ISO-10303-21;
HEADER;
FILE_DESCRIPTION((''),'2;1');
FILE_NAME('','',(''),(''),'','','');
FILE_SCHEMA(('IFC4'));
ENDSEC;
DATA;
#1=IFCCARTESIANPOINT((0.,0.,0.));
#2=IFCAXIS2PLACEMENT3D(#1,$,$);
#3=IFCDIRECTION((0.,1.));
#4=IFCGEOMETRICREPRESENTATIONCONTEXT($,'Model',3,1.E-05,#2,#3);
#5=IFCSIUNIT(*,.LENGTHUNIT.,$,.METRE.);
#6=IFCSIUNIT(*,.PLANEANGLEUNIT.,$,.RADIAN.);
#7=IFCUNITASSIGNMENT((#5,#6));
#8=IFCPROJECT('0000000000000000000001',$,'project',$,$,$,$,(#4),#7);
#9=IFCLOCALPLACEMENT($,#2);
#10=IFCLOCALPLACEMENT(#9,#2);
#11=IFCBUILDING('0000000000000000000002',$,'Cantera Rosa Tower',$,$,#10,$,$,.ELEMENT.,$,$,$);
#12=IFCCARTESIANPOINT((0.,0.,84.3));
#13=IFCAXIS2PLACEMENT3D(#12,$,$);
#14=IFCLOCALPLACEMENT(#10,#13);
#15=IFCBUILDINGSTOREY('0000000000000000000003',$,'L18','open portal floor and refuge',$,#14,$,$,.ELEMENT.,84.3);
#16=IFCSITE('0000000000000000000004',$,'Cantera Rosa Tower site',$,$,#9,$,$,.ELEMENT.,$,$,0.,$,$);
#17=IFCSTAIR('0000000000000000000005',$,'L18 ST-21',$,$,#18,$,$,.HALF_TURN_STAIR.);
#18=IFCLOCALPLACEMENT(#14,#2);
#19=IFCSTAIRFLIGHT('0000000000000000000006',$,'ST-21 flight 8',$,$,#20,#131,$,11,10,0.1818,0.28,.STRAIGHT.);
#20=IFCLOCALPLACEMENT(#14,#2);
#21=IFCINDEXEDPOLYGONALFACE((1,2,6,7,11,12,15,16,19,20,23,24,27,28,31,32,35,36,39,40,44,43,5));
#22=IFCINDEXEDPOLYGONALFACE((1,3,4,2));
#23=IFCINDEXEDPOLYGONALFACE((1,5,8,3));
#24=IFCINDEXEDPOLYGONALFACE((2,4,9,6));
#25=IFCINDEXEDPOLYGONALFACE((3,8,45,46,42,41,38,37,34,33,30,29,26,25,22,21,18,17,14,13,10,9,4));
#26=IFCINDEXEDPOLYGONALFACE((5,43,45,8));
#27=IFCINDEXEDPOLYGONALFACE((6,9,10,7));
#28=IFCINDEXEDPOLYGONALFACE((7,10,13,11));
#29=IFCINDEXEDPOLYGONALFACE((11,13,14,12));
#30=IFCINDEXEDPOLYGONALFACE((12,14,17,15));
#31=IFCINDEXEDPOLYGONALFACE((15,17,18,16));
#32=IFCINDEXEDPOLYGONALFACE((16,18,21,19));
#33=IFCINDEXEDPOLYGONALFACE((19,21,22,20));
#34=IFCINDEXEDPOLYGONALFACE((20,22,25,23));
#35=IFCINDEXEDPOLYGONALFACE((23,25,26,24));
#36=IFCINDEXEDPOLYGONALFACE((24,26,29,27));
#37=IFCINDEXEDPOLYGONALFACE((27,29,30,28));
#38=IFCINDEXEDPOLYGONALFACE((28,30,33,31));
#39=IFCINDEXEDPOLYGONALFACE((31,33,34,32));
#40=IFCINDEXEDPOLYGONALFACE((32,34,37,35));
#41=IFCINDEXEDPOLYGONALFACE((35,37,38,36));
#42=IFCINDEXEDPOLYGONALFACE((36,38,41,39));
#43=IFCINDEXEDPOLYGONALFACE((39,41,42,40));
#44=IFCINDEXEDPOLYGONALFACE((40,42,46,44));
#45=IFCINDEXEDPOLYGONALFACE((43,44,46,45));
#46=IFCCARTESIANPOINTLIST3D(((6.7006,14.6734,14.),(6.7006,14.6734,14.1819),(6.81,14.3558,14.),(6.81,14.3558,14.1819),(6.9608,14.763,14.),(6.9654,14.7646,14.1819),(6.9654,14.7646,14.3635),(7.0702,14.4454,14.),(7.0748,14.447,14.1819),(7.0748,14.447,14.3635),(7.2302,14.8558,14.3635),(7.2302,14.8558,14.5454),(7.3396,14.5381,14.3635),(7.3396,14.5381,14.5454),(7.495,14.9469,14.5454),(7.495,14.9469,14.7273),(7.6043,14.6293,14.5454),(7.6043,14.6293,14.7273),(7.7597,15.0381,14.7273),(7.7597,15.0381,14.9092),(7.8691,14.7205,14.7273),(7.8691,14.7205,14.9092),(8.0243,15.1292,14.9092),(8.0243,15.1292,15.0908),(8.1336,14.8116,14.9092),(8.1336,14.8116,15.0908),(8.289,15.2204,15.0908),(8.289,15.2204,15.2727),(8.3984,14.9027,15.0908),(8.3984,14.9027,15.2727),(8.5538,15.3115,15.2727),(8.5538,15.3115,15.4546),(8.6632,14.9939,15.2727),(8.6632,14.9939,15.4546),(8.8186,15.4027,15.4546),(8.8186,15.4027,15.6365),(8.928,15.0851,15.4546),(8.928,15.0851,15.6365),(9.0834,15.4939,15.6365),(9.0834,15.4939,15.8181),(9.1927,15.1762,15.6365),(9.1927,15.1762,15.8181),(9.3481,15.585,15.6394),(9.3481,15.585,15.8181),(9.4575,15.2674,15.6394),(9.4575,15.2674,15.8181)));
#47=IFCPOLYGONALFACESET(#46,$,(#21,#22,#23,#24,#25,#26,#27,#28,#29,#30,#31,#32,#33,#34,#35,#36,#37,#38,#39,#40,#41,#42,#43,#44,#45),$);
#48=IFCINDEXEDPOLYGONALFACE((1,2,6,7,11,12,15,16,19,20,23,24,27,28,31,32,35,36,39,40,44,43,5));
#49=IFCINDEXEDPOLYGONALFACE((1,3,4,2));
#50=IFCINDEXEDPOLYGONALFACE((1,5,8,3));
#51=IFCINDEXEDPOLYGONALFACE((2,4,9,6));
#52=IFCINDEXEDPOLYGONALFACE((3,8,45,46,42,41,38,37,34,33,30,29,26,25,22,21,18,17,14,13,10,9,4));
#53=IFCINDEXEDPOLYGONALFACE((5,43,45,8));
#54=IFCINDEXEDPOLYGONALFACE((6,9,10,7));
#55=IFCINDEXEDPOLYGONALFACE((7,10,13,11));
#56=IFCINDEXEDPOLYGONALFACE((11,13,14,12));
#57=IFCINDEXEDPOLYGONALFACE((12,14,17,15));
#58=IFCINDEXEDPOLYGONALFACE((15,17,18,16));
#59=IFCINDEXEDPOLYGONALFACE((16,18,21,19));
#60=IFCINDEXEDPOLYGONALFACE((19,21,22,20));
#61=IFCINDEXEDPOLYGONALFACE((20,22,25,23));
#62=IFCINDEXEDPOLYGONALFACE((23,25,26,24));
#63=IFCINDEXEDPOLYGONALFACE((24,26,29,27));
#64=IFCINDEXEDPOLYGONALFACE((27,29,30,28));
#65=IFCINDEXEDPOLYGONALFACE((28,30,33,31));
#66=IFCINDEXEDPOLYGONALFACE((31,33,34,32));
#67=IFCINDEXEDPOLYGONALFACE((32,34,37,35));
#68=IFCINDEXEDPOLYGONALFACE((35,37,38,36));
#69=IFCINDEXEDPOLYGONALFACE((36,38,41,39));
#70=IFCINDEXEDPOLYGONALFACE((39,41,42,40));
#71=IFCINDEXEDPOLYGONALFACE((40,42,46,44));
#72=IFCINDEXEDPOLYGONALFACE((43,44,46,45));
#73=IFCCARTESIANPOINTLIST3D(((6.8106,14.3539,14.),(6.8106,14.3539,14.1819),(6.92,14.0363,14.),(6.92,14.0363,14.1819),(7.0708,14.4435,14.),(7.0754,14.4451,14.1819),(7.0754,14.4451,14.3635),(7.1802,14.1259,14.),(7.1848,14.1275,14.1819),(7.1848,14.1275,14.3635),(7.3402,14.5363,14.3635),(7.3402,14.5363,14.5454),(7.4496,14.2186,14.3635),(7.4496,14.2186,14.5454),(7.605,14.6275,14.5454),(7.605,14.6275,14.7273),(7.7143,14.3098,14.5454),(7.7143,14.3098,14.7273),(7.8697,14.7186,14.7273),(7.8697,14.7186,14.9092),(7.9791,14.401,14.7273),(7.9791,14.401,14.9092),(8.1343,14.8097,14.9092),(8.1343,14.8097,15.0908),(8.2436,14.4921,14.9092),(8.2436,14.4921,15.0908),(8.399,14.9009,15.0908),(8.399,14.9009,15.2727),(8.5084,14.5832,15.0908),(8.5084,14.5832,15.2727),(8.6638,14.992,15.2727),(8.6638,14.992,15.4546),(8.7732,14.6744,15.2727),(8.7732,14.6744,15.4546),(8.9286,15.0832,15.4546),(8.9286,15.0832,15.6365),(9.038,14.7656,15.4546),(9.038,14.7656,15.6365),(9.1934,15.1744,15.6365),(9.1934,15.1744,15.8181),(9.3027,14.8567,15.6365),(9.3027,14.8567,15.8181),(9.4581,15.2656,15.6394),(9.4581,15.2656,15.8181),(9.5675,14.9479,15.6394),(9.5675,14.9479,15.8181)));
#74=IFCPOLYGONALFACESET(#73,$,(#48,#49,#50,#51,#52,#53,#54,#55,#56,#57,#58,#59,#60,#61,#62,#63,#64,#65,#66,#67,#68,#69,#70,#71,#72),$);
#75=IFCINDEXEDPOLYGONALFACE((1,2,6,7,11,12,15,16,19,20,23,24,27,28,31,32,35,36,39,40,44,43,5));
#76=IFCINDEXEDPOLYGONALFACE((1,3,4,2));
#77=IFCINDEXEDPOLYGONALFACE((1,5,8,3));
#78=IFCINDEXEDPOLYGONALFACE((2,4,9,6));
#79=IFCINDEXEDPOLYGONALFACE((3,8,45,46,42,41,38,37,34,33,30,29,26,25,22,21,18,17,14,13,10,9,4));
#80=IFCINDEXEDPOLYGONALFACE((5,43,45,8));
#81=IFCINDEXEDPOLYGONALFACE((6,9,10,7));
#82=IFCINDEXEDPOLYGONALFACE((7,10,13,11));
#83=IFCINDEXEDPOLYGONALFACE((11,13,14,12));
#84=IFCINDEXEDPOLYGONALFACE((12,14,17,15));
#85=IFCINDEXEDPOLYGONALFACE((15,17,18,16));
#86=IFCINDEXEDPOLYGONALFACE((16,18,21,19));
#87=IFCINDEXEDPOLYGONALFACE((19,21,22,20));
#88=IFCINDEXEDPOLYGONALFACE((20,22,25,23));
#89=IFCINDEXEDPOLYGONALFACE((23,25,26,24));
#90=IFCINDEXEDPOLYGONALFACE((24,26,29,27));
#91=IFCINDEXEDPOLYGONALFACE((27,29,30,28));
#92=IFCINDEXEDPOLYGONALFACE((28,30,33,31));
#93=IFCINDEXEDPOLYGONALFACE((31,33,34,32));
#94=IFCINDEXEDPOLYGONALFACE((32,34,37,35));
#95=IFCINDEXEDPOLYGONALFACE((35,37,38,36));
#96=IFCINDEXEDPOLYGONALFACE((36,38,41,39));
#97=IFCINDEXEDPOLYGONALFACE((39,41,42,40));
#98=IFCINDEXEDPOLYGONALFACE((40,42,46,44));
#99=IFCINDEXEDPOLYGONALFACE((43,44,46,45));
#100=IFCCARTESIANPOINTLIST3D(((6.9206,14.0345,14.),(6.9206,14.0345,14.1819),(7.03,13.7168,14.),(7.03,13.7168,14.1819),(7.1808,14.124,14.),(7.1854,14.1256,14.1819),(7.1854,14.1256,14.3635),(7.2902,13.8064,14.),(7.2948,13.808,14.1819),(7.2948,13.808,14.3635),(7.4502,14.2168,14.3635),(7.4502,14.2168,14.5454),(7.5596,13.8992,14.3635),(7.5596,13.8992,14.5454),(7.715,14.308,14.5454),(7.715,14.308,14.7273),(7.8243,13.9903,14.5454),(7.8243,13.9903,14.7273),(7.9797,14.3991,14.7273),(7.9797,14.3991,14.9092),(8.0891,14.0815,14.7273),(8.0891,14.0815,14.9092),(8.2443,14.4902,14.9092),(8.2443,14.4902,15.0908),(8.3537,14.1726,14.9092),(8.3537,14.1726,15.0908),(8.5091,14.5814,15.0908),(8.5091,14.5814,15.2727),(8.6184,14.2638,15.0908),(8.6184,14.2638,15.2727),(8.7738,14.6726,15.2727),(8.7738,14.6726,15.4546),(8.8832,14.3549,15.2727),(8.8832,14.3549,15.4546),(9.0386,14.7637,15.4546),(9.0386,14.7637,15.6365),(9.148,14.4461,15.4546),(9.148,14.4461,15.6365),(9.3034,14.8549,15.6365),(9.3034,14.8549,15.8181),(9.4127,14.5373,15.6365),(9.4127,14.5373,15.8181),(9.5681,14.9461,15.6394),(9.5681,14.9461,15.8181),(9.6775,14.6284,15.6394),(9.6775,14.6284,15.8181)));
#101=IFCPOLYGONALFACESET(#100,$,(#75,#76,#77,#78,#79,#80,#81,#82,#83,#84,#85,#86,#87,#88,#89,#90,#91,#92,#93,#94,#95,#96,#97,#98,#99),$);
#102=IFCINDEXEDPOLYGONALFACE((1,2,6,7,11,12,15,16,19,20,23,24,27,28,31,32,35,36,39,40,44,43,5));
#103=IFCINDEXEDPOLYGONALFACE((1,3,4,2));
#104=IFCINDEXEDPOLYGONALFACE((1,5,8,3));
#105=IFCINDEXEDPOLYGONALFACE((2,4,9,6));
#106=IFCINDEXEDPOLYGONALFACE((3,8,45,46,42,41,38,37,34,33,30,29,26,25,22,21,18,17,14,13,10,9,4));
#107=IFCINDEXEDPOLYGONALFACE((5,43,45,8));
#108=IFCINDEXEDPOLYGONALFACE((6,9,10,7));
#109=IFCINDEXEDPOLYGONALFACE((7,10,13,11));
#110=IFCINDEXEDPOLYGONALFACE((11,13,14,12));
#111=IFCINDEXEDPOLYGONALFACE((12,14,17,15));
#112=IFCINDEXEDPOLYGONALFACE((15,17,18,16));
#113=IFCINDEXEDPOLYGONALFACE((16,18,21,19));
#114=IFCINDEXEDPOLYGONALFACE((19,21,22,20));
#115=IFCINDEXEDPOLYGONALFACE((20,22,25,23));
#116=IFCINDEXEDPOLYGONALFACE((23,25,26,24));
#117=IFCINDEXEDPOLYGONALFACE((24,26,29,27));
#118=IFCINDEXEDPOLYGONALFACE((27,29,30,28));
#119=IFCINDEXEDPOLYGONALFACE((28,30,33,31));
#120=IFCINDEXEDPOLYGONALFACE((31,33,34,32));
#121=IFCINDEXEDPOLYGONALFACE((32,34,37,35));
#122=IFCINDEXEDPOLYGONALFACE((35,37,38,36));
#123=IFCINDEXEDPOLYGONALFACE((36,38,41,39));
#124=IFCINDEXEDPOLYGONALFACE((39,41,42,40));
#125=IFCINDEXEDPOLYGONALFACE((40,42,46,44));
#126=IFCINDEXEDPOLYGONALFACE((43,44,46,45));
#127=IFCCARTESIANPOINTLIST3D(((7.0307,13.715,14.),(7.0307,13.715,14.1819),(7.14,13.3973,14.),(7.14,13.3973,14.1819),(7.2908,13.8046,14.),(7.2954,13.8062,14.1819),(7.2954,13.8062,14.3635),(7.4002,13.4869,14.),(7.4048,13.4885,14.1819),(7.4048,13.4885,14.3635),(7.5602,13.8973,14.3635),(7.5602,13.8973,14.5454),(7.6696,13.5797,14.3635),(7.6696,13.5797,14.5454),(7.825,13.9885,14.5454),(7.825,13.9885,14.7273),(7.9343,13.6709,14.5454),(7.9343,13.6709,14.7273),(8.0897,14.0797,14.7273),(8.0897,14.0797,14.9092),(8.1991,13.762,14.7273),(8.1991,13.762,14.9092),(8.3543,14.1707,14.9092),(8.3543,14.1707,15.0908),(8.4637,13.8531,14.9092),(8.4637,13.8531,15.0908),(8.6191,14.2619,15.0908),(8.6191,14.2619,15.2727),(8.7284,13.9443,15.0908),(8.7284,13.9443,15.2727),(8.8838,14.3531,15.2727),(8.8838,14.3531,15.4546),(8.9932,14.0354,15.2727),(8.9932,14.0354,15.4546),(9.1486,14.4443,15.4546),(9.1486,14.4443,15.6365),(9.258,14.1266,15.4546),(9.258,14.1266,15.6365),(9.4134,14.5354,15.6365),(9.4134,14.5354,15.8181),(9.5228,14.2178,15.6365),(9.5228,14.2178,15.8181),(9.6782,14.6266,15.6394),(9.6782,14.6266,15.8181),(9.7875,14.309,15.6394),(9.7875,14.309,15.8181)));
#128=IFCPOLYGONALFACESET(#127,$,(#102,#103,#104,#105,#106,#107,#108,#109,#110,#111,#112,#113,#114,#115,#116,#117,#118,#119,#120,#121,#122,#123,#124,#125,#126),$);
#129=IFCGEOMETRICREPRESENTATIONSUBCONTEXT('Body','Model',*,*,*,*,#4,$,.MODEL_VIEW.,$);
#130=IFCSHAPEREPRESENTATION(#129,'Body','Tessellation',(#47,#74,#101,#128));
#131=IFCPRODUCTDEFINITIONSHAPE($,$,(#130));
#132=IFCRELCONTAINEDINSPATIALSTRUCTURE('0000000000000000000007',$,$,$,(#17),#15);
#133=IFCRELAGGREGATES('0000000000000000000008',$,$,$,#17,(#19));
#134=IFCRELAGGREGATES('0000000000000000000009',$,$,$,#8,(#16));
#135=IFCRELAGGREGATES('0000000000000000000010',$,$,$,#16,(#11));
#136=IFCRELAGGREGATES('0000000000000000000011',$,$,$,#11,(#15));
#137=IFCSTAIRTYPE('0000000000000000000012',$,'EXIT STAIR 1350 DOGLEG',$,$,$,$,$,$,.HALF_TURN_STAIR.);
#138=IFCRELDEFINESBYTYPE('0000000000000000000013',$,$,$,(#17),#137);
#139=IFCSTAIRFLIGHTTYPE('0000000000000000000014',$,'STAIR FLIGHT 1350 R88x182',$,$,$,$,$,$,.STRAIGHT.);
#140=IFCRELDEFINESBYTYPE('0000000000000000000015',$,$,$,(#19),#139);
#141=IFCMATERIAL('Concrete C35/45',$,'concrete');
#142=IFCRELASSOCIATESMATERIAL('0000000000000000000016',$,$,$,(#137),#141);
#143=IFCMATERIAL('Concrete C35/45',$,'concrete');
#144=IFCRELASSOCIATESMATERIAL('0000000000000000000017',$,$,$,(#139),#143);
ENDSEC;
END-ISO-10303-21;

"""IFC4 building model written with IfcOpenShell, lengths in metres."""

from ifc_helpers import new_model, si_unit, direction, frame, origin, place, context, subcontext, project, spatial, polyline, outline, extrude, material, type_object, element, aggregate, save


model = new_model("IFC4")

# Units and contexts
model_context = context("Model", 3, precision=1e-05, world=origin(), true_north=direction((0.0, 1.0)))
body_context = subcontext(model_context, "Body", "Model", "MODEL_VIEW")
ifc_project = project(units=[si_unit("LENGTHUNIT", "METRE"), si_unit("PLANEANGLEUNIT", "RADIAN")], contexts=[model_context])

# Site, building, storey
site_placement = place(None, origin())
site = spatial("IfcSite", under=ifc_project, at=site_placement, Name="Cantera Rosa Tower site", CompositionType="ELEMENT", RefElevation=0.0)
building_placement = place(site_placement, origin())
building = spatial("IfcBuilding", under=site, at=building_placement, Name="Cantera Rosa Tower", CompositionType="ELEMENT")
storey_placement = place(building_placement, frame((0.0, 0.0, 84.3)))
storey = spatial("IfcBuildingStorey", under=building, at=storey_placement, Name="L18", Description="open portal floor and refuge", CompositionType="ELEMENT", Elevation=84.3)

# Stair, stair flight
ifc_material_1 = material(Name="Concrete C35/45", Category="concrete")
stair_type = type_object("IfcStairType", Name="EXIT STAIR 1350 DOGLEG", PredefinedType="HALF_TURN_STAIR", material=ifc_material_1)
stair_placement = place(storey_placement, origin())
stair = element("IfcStair", 1, at=stair_placement, inside=storey, type_object=stair_type, Name="L18 ST-21", PredefinedType="HALF_TURN_STAIR")
ifc_material_2 = material(Name="Concrete C35/45", Category="concrete")
stair_flight_type = type_object("IfcStairFlightType", Name="STAIR FLIGHT 1350 R88x182", PredefinedType="STRAIGHT", material=ifc_material_2)
stair_flight_1_placement = place(storey_placement, frame((6.9204, 14.0352, 14.0), z_axis=(0.0, 0.0, 1.0), x_axis=(0.945519, 0.325568, 0.0)))
stair_flight_1 = element("IfcStairFlight", 2, at=stair_flight_1_placement, type_object=stair_flight_type, Name="ST-21 flight 8", NumberOfRisers=11, NumberOfTreads=10, PredefinedType="STRAIGHT", RiserHeight=0.1818, TreadLength=0.28, context=body_context, shape_type="SweptSolid", body=[
    extrude(outline(polyline([(0.0, 0.0), (0.0, 0.1819), (0.28, 0.1819), (0.28, 0.3635), (0.5601, 0.3635), (0.5601, 0.5454), (0.8401, 0.5454), (0.8401, 0.7273), (1.1201, 0.7273), (1.1201, 0.9092), (1.3999, 0.9092), (1.3999, 1.0908), (1.6799, 1.0908), (1.6799, 1.2727), (1.96, 1.2727), (1.96, 1.4546), (2.24, 1.4546), (2.24, 1.6365), (2.52, 1.6365), (2.52, 1.8181), (2.8, 1.8181), (2.8, 2.0), (2.8, 1.6394), (0.2751, 0.0), (0.0, 0.0)])), frame((0.0, 0.675, 0.0), z_axis=(0.0, -1.0, 0.0), x_axis=(1.0, 0.0, 0.0)), (0.0, 0.0, 1.0), 0.3359),
    extrude(outline(polyline([(0.0, 0.0), (0.0, 0.1819), (0.28, 0.1819), (0.28, 0.3635), (0.5601, 0.3635), (0.5601, 0.5454), (0.8401, 0.5454), (0.8401, 0.7273), (1.1201, 0.7273), (1.1201, 0.9092), (1.3999, 0.9092), (1.3999, 1.0908), (1.6799, 1.0908), (1.6799, 1.2727), (1.96, 1.2727), (1.96, 1.4546), (2.24, 1.4546), (2.24, 1.6365), (2.52, 1.6365), (2.52, 1.8181), (2.8, 1.8181), (2.8, 2.0), (2.8, 1.6394), (0.2751, 0.0), (0.0, 0.0)])), frame((0.0, 0.3372, 0.0), z_axis=(0.0, -1.0, 0.0), x_axis=(1.0, 0.0, 0.0)), (0.0, 0.0, 1.0), 0.3359),
    extrude(outline(polyline([(0.0, 0.0), (0.0, 0.1819), (0.28, 0.1819), (0.28, 0.3635), (0.5601, 0.3635), (0.5601, 0.5454), (0.8401, 0.5454), (0.8401, 0.7273), (1.1201, 0.7273), (1.1201, 0.9092), (1.3999, 0.9092), (1.3999, 1.0908), (1.6799, 1.0908), (1.6799, 1.2727), (1.96, 1.2727), (1.96, 1.4546), (2.24, 1.4546), (2.24, 1.6365), (2.52, 1.6365), (2.52, 1.8181), (2.8, 1.8181), (2.8, 2.0), (2.8, 1.6394), (0.2751, 0.0), (0.0, 0.0)])), frame((0.0, -0.0007, 0.0), z_axis=(0.0, -1.0, 0.0), x_axis=(1.0, 0.0, 0.0)), (0.0, 0.0, 1.0), 0.3359),
    extrude(outline(polyline([(0.0, 0.0), (0.0, 0.1819), (0.28, 0.1819), (0.28, 0.3635), (0.5601, 0.3635), (0.5601, 0.5454), (0.8401, 0.5454), (0.8401, 0.7273), (1.1201, 0.7273), (1.1201, 0.9092), (1.3999, 0.9092), (1.3999, 1.0908), (1.6799, 1.0908), (1.6799, 1.2727), (1.96, 1.2727), (1.96, 1.4546), (2.24, 1.4546), (2.24, 1.6365), (2.52, 1.6365), (2.52, 1.8181), (2.8, 1.8181), (2.8, 2.0), (2.8, 1.6394), (0.2751, 0.0), (0.0, 0.0)])), frame((0.0, -0.3386, 0.0), z_axis=(0.0, -1.0, 0.0), x_axis=(1.0, 0.0, 0.0)), (0.0, 0.0, 1.0), 0.3359),
])
aggregate(stair, [stair_flight_1])

save(model, "model.ifc")
